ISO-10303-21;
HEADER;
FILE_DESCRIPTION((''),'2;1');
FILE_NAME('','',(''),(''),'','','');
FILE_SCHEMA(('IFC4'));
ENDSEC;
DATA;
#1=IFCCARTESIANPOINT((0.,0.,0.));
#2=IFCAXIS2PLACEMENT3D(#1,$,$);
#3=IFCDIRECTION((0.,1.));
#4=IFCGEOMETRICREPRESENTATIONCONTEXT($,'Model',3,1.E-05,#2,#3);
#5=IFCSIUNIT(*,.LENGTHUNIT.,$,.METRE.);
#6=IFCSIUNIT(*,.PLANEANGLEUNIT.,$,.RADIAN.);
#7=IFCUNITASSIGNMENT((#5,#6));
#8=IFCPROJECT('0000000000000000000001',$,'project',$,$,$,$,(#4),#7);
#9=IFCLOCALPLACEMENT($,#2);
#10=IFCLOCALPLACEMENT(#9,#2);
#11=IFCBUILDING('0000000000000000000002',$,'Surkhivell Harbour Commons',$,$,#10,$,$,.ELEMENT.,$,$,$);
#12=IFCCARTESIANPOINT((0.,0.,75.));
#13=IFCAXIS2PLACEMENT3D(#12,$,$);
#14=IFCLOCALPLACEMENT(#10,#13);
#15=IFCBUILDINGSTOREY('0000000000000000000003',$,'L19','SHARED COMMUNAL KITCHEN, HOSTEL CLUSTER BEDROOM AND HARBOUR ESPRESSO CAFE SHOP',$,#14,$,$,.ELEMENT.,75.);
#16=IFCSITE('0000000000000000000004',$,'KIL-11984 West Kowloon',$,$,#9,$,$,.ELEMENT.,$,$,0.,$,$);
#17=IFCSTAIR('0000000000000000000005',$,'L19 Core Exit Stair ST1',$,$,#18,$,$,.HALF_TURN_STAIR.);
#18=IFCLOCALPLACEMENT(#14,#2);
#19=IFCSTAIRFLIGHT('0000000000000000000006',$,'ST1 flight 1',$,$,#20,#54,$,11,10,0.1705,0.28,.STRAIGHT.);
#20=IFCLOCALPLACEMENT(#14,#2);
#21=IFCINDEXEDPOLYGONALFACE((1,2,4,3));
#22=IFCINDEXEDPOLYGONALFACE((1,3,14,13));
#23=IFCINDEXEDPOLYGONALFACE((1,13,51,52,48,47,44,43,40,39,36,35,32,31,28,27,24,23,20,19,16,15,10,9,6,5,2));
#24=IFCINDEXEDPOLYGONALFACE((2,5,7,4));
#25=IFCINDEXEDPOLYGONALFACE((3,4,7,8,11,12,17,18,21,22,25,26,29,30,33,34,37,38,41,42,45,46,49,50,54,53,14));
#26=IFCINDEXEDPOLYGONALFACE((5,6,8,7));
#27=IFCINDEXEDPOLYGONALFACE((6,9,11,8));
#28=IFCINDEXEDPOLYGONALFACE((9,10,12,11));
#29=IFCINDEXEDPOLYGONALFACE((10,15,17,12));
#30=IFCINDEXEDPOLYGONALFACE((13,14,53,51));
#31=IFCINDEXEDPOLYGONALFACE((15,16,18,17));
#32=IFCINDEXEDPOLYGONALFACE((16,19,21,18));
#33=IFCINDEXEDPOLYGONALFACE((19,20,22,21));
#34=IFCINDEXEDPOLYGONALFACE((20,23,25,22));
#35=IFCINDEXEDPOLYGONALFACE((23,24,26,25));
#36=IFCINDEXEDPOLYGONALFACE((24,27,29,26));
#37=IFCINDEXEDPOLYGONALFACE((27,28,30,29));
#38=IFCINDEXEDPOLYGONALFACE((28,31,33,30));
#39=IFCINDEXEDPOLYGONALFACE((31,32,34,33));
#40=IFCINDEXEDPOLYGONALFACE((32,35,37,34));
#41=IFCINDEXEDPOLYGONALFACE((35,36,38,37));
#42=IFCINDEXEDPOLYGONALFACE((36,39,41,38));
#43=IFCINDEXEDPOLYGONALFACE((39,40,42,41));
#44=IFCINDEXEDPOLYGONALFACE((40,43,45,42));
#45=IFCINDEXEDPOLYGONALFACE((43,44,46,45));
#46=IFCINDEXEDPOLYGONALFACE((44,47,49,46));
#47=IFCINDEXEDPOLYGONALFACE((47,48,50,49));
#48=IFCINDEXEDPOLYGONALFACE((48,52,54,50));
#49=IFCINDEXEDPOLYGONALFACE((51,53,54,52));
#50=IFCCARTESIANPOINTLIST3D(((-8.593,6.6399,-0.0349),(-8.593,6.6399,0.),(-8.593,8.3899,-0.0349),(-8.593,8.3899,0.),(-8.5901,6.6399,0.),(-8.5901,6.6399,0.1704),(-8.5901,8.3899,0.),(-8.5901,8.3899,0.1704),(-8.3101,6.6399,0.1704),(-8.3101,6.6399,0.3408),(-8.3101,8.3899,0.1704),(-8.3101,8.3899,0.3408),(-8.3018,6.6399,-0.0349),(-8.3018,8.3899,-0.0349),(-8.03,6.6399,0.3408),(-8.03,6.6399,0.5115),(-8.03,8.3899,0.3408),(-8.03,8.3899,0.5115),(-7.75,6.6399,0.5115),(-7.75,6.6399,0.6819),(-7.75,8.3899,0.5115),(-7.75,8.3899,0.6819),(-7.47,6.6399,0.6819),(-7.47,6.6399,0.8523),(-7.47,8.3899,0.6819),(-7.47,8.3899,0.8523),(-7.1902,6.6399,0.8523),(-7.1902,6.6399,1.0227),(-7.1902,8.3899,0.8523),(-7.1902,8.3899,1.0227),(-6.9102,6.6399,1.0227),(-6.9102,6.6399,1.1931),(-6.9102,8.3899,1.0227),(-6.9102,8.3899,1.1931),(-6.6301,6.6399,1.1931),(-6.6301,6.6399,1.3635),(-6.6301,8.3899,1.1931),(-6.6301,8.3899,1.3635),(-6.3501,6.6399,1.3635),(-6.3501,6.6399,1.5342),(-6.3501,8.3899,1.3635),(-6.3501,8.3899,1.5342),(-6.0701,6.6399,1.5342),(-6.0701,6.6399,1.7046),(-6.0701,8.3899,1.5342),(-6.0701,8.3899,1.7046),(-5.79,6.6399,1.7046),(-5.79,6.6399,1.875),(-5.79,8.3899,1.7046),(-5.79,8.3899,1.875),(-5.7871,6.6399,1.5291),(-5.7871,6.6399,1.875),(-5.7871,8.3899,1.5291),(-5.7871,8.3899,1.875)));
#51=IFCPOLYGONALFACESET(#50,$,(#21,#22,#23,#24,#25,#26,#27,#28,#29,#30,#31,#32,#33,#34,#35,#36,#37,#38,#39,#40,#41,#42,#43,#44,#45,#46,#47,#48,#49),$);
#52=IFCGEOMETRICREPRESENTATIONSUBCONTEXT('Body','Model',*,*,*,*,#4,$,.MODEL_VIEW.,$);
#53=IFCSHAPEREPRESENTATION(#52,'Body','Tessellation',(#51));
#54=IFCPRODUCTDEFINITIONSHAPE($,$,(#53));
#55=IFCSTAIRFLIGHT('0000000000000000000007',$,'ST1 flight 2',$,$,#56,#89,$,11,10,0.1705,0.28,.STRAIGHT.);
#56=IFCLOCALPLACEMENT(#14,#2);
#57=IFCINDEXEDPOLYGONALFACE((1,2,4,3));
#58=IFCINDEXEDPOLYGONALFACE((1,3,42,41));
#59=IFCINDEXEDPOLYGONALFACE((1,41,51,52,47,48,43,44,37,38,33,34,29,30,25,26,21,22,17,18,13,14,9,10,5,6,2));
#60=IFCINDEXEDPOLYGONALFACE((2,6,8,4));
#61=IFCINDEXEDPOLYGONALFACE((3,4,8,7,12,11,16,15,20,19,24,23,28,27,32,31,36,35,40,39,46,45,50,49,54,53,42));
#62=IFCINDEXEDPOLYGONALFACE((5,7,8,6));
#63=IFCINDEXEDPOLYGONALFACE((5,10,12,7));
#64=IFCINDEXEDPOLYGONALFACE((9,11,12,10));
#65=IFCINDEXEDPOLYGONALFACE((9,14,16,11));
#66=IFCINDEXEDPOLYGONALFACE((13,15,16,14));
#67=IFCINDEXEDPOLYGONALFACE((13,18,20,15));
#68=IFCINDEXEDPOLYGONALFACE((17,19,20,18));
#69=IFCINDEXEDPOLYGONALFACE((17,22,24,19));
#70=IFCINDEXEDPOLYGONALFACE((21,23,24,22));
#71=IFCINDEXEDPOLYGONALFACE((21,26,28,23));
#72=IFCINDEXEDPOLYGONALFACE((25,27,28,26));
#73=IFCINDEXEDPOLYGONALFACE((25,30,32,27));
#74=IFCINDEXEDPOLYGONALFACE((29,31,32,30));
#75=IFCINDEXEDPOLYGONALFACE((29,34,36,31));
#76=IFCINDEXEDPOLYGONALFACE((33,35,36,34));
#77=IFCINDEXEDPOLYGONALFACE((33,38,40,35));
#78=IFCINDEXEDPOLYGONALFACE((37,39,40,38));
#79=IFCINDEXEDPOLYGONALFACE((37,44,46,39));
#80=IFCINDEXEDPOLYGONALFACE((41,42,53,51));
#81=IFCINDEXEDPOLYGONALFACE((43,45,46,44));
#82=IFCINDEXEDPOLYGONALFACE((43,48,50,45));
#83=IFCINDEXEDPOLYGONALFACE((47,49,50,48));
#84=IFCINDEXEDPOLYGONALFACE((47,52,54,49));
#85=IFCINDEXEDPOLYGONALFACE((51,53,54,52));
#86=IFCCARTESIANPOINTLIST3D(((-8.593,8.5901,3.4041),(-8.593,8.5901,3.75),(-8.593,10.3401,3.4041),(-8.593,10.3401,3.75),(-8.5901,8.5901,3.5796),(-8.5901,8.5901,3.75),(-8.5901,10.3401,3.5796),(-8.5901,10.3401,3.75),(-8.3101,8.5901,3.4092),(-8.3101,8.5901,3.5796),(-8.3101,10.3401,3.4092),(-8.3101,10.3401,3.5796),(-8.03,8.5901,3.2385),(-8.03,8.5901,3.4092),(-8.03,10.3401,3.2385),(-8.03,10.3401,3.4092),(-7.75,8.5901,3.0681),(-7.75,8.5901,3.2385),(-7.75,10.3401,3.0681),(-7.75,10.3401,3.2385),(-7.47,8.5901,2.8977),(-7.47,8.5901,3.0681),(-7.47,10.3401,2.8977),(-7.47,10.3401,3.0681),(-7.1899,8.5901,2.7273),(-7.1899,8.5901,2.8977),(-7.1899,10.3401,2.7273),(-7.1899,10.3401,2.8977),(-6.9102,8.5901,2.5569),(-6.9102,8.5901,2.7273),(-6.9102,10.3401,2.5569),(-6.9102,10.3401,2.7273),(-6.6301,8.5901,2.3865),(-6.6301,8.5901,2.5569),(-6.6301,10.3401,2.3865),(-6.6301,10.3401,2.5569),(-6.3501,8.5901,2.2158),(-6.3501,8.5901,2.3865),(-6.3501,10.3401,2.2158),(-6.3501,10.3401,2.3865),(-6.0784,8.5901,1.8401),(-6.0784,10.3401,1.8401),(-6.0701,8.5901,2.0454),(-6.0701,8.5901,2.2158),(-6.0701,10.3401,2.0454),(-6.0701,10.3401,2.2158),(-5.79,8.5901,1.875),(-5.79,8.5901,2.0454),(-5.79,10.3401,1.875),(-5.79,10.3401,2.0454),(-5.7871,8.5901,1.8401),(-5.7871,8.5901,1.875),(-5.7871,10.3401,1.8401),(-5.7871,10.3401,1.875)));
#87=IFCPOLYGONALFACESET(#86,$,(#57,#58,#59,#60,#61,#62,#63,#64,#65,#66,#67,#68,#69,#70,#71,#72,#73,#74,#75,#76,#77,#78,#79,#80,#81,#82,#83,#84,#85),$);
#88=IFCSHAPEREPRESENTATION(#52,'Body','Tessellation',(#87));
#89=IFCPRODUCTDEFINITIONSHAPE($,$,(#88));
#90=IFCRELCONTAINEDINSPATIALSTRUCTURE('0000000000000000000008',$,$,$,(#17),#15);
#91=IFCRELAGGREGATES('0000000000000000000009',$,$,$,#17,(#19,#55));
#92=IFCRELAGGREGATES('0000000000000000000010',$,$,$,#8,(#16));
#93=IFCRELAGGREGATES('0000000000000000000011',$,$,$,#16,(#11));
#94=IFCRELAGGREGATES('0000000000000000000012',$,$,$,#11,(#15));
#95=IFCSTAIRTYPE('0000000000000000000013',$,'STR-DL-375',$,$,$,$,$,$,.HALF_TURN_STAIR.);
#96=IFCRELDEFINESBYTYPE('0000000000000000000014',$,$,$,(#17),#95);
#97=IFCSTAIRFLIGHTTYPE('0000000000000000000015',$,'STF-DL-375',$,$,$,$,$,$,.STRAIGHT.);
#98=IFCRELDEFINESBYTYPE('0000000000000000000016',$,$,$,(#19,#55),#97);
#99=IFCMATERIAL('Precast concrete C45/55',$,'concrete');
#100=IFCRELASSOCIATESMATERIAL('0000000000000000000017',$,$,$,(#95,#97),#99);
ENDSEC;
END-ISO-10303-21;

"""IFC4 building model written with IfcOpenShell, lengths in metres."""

from ifc_helpers import new_model, si_unit, direction, frame, origin, place, context, subcontext, project, spatial, polyline, outline, extrude, material, type_object, element, aggregate, save


model = new_model("IFC4")

# Units and contexts
model_context = context("Model", 3, precision=1e-05, world=origin(), true_north=direction((0.0, 1.0)))
body_context = subcontext(model_context, "Body", "Model", "MODEL_VIEW")
ifc_project = project(units=[si_unit("LENGTHUNIT", "METRE"), si_unit("PLANEANGLEUNIT", "RADIAN")], contexts=[model_context])

# Site, building, storey
site_placement = place(None, origin())
site = spatial("IfcSite", under=ifc_project, at=site_placement, Name="KIL-11984 West Kowloon", CompositionType="ELEMENT", RefElevation=0.0)
building_placement = place(site_placement, origin())
building = spatial("IfcBuilding", under=site, at=building_placement, Name="Surkhivell Harbour Commons", CompositionType="ELEMENT")
storey_placement = place(building_placement, frame((0.0, 0.0, 75.0)))
storey = spatial("IfcBuildingStorey", under=building, at=storey_placement, Name="L19", Description="SHARED COMMUNAL KITCHEN, HOSTEL CLUSTER BEDROOM AND HARBOUR ESPRESSO CAFE SHOP", CompositionType="ELEMENT", Elevation=75.0)

# Stair, stair flights
ifc_material_1 = material(Name="Precast concrete C45/55", Category="concrete")
stair_type = type_object("IfcStairType", Name="STR-DL-375", PredefinedType="HALF_TURN_STAIR", material=ifc_material_1)
stair_placement = place(storey_placement, origin())
stair = element("IfcStair", 1, at=stair_placement, inside=storey, type_object=stair_type, Name="L19 Core Exit Stair ST1", PredefinedType="HALF_TURN_STAIR")
stair_flight_type = type_object("IfcStairFlightType", Name="STF-DL-375", PredefinedType="STRAIGHT", material=ifc_material_1)
stair_flight_1_placement = place(storey_placement, frame((-8.5901, 7.5149, 0.0), z_axis=(0.0, 0.0, 1.0), x_axis=(1.0, 0.0, 0.0)))
stair_flight_1 = element("IfcStairFlight", 2, at=stair_flight_1_placement, type_object=stair_flight_type, Name="ST1 flight 1", NumberOfRisers=11, NumberOfTreads=10, PredefinedType="STRAIGHT", RiserHeight=0.1705, TreadLength=0.28, context=body_context, shape_type="SweptSolid", body=[
    extrude(outline(polyline([(-0.0029, -0.0349), (-0.0029, 0.0), (0.0, 0.0), (0.0, 0.1704), (0.28, 0.1704), (0.28, 0.3408), (0.5601, 0.3408), (0.5601, 0.5115), (0.8401, 0.5115), (0.8401, 0.6819), (1.1201, 0.6819), (1.1201, 0.8523), (1.3999, 0.8523), (1.3999, 1.0227), (1.6799, 1.0227), (1.6799, 1.1931), (1.96, 1.1931), (1.96, 1.3635), (2.24, 1.3635), (2.24, 1.5342), (2.52, 1.5342), (2.52, 1.7046), (2.8, 1.7046), (2.8, 1.875), (2.803, 1.875), (2.803, 1.5291), (0.2883, -0.0349), (-0.0029, -0.0349)])), frame((0.0, 0.875, 0.0), z_axis=(0.0, -1.0, 0.0), x_axis=(1.0, 0.0, 0.0)), (0.0, 0.0, 1.0), 1.75),
])
stair_flight_2_placement = place(storey_placement, frame((-5.79, 9.4651, 1.875), z_axis=(0.0, 0.0, 1.0), x_axis=(-1.0, 0.0, 0.0)))
stair_flight_2 = element("IfcStairFlight", 3, at=stair_flight_2_placement, type_object=stair_flight_type, Name="ST1 flight 2", NumberOfRisers=11, NumberOfTreads=10, PredefinedType="STRAIGHT", RiserHeight=0.1705, TreadLength=0.28, context=body_context, shape_type="SweptSolid", body=[
    extrude(outline(polyline([(-0.0029, -0.0349), (-0.0029, 0.0), (0.0, 0.0), (0.0, 0.1704), (0.28, 0.1704), (0.28, 0.3408), (0.5601, 0.3408), (0.5601, 0.5115), (0.8401, 0.5115), (0.8401, 0.6819), (1.1201, 0.6819), (1.1201, 0.8523), (1.3999, 0.8523), (1.3999, 1.0227), (1.6799, 1.0227), (1.6799, 1.1931), (1.96, 1.1931), (1.96, 1.3635), (2.24, 1.3635), (2.24, 1.5342), (2.52, 1.5342), (2.52, 1.7046), (2.8, 1.7046), (2.8, 1.875), (2.803, 1.875), (2.803, 1.5291), (0.2883, -0.0349), (-0.0029, -0.0349)])), frame((0.0, 0.875, 0.0), z_axis=(0.0, -1.0, 0.0), x_axis=(1.0, 0.0, 0.0)), (0.0, 0.0, 1.0), 1.75),
])
aggregate(stair, [stair_flight_1, stair_flight_2])

save(model, "model.ifc")
